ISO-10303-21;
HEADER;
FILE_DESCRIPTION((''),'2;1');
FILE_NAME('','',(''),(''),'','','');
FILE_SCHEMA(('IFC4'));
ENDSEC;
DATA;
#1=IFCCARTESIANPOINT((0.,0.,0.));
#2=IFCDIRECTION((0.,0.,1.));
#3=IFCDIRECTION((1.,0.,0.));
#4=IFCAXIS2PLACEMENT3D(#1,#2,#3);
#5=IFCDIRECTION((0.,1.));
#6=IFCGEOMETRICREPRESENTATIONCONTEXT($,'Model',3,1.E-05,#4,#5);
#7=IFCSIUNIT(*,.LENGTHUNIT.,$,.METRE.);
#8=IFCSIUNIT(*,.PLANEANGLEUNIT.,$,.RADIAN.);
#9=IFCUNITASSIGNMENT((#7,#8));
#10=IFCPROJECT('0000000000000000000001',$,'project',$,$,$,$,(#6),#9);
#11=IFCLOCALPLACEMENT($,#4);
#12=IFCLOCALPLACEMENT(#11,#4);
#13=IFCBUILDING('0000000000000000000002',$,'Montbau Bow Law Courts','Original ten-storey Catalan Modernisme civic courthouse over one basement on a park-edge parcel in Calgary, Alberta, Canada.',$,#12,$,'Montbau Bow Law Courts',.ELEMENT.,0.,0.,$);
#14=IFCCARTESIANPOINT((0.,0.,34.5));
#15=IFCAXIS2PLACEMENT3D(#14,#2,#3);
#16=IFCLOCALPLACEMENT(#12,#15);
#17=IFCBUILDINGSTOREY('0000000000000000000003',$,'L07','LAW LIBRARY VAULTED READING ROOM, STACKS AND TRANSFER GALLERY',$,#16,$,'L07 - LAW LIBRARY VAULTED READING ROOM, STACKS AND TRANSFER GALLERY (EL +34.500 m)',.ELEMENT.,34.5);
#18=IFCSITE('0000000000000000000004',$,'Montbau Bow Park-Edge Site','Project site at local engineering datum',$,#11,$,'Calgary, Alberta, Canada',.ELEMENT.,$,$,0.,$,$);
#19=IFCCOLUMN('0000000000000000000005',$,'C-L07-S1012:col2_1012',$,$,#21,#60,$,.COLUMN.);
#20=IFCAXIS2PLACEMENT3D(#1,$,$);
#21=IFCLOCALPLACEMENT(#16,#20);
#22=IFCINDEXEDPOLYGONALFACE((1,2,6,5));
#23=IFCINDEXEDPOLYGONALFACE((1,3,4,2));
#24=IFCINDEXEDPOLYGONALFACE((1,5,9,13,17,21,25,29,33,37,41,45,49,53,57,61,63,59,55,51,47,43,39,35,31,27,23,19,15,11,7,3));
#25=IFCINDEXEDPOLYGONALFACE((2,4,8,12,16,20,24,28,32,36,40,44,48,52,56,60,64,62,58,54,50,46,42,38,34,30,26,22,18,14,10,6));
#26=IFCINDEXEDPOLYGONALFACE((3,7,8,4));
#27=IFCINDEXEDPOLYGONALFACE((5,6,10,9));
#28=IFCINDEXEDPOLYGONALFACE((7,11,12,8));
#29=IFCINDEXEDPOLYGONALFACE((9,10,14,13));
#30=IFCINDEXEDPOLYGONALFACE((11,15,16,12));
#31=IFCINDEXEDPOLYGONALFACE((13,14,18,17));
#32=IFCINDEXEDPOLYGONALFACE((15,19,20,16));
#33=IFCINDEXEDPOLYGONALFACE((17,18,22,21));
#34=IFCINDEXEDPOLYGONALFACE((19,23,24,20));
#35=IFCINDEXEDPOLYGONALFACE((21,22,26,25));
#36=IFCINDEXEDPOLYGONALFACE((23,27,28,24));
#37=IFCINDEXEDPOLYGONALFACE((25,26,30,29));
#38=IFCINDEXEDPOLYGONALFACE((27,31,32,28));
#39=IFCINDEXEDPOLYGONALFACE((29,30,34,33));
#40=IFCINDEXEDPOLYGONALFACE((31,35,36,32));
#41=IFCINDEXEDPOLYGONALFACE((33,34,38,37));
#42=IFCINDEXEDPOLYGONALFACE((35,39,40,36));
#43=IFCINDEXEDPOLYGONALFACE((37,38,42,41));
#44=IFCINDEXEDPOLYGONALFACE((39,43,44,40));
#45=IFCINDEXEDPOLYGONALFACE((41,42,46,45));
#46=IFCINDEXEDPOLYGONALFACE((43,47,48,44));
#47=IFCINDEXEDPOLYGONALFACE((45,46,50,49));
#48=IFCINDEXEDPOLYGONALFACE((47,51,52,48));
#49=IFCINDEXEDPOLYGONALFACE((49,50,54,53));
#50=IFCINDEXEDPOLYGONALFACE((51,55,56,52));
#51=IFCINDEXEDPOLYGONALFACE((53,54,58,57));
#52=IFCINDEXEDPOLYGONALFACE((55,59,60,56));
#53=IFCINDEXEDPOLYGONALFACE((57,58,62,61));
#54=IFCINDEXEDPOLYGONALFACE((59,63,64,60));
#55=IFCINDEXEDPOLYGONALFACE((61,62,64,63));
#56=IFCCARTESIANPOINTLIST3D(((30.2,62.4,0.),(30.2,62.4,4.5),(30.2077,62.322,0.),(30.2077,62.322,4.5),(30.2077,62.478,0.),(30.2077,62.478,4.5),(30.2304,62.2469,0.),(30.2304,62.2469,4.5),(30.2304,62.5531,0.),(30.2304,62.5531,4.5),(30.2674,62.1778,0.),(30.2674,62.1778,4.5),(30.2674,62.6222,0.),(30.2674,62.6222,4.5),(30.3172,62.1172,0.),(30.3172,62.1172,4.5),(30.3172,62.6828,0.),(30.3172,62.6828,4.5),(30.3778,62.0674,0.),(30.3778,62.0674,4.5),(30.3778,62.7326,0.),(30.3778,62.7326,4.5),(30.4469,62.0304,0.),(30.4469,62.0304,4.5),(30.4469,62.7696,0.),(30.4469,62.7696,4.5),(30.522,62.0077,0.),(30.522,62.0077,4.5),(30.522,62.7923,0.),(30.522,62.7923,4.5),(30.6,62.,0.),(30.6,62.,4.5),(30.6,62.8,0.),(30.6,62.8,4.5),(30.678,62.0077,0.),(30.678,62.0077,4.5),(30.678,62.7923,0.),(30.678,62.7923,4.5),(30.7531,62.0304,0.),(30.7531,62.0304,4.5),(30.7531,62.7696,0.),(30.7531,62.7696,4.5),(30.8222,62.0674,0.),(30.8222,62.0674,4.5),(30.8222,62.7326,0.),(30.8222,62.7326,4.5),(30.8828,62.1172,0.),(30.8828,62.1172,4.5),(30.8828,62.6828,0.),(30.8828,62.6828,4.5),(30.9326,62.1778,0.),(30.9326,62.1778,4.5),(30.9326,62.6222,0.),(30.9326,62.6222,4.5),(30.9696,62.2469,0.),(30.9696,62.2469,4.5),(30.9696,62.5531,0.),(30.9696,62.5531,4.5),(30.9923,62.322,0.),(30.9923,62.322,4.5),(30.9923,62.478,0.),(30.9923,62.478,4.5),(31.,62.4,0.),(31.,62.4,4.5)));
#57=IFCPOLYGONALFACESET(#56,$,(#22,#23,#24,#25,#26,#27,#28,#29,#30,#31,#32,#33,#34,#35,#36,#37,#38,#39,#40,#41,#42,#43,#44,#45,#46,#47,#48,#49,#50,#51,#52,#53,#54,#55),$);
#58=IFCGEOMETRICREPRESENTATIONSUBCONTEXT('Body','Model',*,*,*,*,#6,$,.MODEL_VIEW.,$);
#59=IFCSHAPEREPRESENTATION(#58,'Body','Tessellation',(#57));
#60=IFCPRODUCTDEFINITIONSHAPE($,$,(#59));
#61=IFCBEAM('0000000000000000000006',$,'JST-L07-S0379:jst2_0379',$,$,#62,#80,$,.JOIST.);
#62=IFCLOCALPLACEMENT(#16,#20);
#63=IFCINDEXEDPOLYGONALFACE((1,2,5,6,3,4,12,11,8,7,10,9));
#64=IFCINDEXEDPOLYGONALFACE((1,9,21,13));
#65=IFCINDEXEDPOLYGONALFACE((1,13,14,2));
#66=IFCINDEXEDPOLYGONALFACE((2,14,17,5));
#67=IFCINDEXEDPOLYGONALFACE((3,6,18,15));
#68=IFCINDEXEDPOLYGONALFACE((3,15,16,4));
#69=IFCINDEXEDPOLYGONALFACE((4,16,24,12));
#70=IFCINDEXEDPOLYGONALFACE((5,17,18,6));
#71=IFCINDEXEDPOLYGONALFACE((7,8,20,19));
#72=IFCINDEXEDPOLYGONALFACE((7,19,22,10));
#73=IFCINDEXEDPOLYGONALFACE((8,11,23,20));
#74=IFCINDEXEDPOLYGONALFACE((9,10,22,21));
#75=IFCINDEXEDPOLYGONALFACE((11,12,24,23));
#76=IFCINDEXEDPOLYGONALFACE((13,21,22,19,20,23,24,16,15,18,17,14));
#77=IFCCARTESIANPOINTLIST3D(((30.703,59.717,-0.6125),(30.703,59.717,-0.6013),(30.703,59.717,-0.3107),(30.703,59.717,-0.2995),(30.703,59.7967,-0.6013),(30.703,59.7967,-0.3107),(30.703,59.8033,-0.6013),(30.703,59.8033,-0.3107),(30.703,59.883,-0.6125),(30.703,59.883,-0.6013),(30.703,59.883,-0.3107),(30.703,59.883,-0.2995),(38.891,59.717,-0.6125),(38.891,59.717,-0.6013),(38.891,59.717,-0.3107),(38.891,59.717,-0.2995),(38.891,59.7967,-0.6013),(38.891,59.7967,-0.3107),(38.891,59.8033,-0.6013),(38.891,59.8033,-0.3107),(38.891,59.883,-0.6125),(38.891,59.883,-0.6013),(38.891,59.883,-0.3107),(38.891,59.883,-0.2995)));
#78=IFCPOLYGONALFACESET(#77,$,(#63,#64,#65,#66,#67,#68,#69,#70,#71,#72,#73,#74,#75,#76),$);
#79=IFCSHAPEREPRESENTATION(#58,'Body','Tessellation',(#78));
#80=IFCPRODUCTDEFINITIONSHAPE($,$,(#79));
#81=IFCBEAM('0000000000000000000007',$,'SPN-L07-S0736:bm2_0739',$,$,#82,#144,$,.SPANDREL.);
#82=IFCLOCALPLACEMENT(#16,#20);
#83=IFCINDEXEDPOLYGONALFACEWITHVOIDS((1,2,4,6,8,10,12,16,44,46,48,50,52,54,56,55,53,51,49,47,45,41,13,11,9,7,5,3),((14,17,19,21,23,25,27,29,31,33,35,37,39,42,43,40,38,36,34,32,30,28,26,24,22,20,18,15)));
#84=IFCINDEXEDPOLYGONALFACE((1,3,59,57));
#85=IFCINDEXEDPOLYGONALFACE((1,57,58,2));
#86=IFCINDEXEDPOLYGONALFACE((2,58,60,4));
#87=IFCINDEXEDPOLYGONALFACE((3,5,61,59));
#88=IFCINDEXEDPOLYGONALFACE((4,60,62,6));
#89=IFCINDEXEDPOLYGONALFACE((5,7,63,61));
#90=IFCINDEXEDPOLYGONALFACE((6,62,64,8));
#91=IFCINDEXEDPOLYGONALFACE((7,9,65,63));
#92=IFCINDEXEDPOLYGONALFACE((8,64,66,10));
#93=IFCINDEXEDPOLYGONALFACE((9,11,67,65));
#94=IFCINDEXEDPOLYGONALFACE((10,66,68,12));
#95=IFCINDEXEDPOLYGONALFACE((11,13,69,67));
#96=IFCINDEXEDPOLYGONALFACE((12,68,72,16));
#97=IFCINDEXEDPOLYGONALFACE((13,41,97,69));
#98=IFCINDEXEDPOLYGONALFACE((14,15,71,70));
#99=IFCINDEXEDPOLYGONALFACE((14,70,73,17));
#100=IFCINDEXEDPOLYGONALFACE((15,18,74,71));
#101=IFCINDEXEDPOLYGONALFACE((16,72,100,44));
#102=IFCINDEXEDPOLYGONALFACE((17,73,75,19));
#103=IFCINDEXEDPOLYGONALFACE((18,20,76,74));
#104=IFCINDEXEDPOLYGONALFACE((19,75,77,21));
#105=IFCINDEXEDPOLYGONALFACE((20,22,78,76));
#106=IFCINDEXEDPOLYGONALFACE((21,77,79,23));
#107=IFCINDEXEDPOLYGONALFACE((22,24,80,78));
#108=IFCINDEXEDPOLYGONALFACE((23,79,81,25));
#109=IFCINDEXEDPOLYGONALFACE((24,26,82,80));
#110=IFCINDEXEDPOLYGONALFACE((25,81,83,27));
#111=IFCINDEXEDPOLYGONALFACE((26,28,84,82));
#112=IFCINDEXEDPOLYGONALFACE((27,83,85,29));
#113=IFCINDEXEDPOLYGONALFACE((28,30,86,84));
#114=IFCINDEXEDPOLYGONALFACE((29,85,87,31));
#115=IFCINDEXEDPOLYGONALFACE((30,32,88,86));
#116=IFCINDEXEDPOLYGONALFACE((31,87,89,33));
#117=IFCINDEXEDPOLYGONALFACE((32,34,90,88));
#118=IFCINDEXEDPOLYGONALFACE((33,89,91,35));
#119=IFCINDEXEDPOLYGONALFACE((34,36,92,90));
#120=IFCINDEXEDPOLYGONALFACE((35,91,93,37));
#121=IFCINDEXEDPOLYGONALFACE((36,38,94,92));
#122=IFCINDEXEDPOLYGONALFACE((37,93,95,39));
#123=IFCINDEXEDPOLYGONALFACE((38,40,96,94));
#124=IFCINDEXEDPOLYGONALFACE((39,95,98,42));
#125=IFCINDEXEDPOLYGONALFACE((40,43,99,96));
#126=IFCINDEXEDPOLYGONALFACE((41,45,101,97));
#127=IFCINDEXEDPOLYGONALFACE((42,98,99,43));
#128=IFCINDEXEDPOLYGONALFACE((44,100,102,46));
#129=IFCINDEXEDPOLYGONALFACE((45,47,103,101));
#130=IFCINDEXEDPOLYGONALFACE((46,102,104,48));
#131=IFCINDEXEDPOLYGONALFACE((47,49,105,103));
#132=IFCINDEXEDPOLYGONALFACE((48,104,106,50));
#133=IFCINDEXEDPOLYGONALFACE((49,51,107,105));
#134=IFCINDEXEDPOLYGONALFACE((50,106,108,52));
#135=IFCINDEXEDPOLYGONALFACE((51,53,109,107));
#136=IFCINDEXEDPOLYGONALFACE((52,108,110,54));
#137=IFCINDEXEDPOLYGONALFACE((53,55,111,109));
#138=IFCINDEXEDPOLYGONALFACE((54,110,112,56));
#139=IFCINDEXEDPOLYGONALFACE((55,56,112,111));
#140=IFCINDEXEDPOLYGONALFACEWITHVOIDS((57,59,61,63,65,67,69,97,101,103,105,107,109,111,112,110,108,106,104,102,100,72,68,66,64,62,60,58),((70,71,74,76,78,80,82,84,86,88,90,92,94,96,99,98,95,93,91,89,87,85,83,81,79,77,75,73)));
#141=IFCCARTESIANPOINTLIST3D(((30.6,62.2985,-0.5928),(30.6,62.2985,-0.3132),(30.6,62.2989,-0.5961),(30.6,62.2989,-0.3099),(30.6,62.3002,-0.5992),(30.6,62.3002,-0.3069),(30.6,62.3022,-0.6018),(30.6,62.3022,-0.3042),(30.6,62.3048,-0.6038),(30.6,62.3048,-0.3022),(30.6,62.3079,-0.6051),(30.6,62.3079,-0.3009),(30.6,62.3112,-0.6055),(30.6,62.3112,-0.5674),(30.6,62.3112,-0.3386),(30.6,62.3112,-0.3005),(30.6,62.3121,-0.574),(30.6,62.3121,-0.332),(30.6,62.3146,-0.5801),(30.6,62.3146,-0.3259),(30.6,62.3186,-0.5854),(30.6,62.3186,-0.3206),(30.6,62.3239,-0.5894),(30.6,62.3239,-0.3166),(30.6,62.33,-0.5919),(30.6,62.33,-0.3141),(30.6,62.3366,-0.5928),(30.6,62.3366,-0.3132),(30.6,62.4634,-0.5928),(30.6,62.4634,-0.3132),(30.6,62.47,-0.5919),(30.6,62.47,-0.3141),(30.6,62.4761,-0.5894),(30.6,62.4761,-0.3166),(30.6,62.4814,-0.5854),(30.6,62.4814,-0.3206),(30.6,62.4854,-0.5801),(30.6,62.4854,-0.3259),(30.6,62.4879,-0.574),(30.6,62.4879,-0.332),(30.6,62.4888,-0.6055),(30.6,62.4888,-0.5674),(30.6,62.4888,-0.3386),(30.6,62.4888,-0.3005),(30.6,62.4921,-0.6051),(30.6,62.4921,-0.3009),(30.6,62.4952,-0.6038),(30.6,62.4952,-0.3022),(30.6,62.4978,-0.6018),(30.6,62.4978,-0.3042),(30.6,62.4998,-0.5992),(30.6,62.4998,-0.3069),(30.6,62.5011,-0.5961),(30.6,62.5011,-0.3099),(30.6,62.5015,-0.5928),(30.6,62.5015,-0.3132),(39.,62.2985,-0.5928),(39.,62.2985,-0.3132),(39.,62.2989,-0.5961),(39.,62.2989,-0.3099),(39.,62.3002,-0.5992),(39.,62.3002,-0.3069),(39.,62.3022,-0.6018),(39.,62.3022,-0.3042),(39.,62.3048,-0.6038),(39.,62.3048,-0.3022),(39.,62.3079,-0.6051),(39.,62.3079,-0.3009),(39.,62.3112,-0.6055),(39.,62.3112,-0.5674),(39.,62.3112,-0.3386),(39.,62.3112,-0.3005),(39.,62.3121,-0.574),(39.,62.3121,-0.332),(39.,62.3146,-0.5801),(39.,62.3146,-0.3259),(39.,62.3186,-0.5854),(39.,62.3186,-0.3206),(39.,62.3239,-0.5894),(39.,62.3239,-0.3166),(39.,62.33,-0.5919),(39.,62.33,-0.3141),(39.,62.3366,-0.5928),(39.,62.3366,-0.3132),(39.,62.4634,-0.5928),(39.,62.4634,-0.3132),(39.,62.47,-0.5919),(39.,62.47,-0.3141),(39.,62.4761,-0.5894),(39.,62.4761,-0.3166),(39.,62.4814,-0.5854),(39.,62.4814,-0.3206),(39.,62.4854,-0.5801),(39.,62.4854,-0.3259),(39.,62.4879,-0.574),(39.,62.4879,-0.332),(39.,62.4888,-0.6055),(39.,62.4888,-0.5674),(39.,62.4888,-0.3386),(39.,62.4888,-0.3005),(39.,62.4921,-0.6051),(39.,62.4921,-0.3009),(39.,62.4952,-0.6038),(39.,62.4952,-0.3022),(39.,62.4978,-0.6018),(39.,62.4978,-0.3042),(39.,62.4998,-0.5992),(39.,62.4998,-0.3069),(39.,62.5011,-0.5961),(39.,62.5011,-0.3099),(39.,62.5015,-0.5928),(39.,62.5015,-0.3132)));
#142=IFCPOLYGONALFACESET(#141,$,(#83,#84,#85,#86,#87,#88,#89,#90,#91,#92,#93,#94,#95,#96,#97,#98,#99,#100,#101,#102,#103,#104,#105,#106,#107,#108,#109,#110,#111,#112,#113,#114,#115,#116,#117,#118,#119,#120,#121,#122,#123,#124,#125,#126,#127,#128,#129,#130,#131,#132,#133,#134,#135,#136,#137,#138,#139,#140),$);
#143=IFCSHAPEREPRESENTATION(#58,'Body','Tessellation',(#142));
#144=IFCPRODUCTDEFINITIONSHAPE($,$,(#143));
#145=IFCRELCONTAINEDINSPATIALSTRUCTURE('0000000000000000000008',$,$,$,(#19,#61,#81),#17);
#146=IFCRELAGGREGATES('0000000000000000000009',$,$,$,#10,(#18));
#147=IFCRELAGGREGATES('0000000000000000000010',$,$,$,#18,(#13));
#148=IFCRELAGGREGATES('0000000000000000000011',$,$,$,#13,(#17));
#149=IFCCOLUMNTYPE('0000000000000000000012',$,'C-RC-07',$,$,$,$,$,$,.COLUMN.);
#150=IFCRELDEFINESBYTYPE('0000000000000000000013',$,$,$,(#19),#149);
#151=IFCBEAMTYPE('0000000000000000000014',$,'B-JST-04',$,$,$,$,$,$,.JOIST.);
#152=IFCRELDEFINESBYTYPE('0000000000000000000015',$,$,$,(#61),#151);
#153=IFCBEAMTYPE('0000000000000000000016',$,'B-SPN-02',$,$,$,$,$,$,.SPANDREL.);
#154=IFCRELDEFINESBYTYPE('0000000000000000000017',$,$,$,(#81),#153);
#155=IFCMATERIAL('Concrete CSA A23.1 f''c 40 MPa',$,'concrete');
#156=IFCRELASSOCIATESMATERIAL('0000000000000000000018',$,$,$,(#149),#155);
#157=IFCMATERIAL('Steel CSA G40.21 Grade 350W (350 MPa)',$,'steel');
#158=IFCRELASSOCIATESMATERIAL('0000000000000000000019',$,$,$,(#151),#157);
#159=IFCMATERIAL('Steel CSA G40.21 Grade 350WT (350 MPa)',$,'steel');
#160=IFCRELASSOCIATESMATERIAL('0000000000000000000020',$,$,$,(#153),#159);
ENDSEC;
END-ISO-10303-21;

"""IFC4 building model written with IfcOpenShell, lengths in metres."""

from ifc_helpers import new_model, si_unit, direction, frame, origin_with_axes, origin_2d_with_axis, place, context, subcontext, project, spatial, hollow_rectangle, circle, i_section, extrude, material, material_profile, profile_set, type_object, element, save


model = new_model("IFC4")

# Units and contexts
model_context = context("Model", 3, precision=1e-05, world=origin_with_axes(), true_north=direction((0.0, 1.0)))
body_context = subcontext(model_context, "Body", "Model", "MODEL_VIEW")
ifc_project = project(units=[si_unit("LENGTHUNIT", "METRE"), si_unit("PLANEANGLEUNIT", "RADIAN")], contexts=[model_context])

# Site, building, storey
site_placement = place(None, origin_with_axes())
site = spatial("IfcSite", under=ifc_project, at=site_placement, Name="Montbau Bow Park-Edge Site", Description="Project site at local engineering datum", LongName="Calgary, Alberta, Canada", CompositionType="ELEMENT", RefElevation=0.0)
building_placement = place(site_placement, origin_with_axes())
building = spatial("IfcBuilding", under=site, at=building_placement, Name="Montbau Bow Law Courts", Description="Original ten-storey Catalan Modernisme civic courthouse over one basement on a park-edge parcel in Calgary, Alberta, Canada.", LongName="Montbau Bow Law Courts", CompositionType="ELEMENT", ElevationOfRefHeight=0.0, ElevationOfTerrain=0.0)
storey_placement = place(building_placement, frame((0.0, 0.0, 34.5), z_axis=(0.0, 0.0, 1.0), x_axis=(1.0, 0.0, 0.0)))
storey = spatial("IfcBuildingStorey", under=building, at=storey_placement, Name="L07", Description="LAW LIBRARY VAULTED READING ROOM, STACKS AND TRANSFER GALLERY", LongName="L07 - LAW LIBRARY VAULTED READING ROOM, STACKS AND TRANSFER GALLERY (EL +34.500 m)", CompositionType="ELEMENT", Elevation=34.5)

# Column
ifc_material_1 = material(Name="Concrete CSA A23.1 f'c 40 MPa", Category="concrete")
ifc_material_profile_1 = material_profile(ifc_material_1, circle(Radius=0.4, at=origin_2d_with_axis()), Name="RC800D", Category="Main", Priority=0)
ifc_profile_set_1 = profile_set([ifc_material_profile_1], Name="Concrete CSA A23.1 f'c 40 MPa")
column_type = type_object("IfcColumnType", Name="C-RC-07", PredefinedType="COLUMN", material=ifc_profile_set_1)
column_placement = place(None, frame((30.6, 62.4, 34.5), z_axis=(0.0, 0.0, 1.0), x_axis=(1.0, 0.0, 0.0)))
element("IfcColumn", 1, at=column_placement, inside=storey, type_object=column_type, Name="C-L07-S1012:col2_1012", PredefinedType="COLUMN", context=body_context, shape_type="SweptSolid", body=[
    extrude(circle(Radius=0.4, at=origin_2d_with_axis()), origin_with_axes(), (0.0, 0.0, 1.0), 4.5),
])

# Beams
ifc_material_2 = material(Name="Steel CSA G40.21 Grade 350W (350 MPa)", Category="steel")
ifc_material_profile_2 = material_profile(ifc_material_2, i_section(OverallWidth=0.166, OverallDepth=0.313, WebThickness=0.0066, FlangeThickness=0.0112, at=origin_2d_with_axis()), Name="W310X45", Category="Main", Priority=0)
ifc_profile_set_2 = profile_set([ifc_material_profile_2], Name="Steel CSA G40.21 Grade 350W (350 MPa)")
beam_type_1 = type_object("IfcBeamType", Name="B-JST-04", PredefinedType="JOIST", material=ifc_profile_set_2)
beam_1_placement = place(None, frame((30.703, 59.8, 34.044), z_axis=(1.0, 0.0, 0.0), x_axis=(0.0, 1.0, 0.0)))
element("IfcBeam", 2, at=beam_1_placement, inside=storey, type_object=beam_type_1, Name="JST-L07-S0379:jst2_0379", PredefinedType="JOIST", context=body_context, shape_type="SweptSolid", body=[
    extrude(i_section(OverallWidth=0.166, OverallDepth=0.313, WebThickness=0.0066, FlangeThickness=0.0112, at=origin_2d_with_axis()), origin_with_axes(), (0.0, 0.0, 1.0), 8.188),
])
ifc_material_3 = material(Name="Steel CSA G40.21 Grade 350WT (350 MPa)", Category="steel")
ifc_material_profile_3 = material_profile(ifc_material_3, hollow_rectangle(XDim=0.203, YDim=0.305, WallThickness=0.0127, InnerFilletRadius=0.0254, OuterFilletRadius=0.0127, at=origin_2d_with_axis()), Name="HSS305X203X13", Category="Main", Priority=0)
ifc_profile_set_3 = profile_set([ifc_material_profile_3], Name="Steel CSA G40.21 Grade 350WT (350 MPa)")
beam_type_2 = type_object("IfcBeamType", Name="B-SPN-02", PredefinedType="SPANDREL", material=ifc_profile_set_3)
beam_2_placement = place(None, frame((30.6, 62.4, 34.047), z_axis=(1.0, 0.0, 0.0), x_axis=(0.0, 1.0, 0.0)))
element("IfcBeam", 3, at=beam_2_placement, inside=storey, type_object=beam_type_2, Name="SPN-L07-S0736:bm2_0739", PredefinedType="SPANDREL", context=body_context, shape_type="SweptSolid", body=[
    extrude(hollow_rectangle(XDim=0.203, YDim=0.305, WallThickness=0.0127, InnerFilletRadius=0.0254, OuterFilletRadius=0.0127, at=origin_2d_with_axis()), origin_with_axes(), (0.0, 0.0, 1.0), 8.4),
])

save(model, "model.ifc")
